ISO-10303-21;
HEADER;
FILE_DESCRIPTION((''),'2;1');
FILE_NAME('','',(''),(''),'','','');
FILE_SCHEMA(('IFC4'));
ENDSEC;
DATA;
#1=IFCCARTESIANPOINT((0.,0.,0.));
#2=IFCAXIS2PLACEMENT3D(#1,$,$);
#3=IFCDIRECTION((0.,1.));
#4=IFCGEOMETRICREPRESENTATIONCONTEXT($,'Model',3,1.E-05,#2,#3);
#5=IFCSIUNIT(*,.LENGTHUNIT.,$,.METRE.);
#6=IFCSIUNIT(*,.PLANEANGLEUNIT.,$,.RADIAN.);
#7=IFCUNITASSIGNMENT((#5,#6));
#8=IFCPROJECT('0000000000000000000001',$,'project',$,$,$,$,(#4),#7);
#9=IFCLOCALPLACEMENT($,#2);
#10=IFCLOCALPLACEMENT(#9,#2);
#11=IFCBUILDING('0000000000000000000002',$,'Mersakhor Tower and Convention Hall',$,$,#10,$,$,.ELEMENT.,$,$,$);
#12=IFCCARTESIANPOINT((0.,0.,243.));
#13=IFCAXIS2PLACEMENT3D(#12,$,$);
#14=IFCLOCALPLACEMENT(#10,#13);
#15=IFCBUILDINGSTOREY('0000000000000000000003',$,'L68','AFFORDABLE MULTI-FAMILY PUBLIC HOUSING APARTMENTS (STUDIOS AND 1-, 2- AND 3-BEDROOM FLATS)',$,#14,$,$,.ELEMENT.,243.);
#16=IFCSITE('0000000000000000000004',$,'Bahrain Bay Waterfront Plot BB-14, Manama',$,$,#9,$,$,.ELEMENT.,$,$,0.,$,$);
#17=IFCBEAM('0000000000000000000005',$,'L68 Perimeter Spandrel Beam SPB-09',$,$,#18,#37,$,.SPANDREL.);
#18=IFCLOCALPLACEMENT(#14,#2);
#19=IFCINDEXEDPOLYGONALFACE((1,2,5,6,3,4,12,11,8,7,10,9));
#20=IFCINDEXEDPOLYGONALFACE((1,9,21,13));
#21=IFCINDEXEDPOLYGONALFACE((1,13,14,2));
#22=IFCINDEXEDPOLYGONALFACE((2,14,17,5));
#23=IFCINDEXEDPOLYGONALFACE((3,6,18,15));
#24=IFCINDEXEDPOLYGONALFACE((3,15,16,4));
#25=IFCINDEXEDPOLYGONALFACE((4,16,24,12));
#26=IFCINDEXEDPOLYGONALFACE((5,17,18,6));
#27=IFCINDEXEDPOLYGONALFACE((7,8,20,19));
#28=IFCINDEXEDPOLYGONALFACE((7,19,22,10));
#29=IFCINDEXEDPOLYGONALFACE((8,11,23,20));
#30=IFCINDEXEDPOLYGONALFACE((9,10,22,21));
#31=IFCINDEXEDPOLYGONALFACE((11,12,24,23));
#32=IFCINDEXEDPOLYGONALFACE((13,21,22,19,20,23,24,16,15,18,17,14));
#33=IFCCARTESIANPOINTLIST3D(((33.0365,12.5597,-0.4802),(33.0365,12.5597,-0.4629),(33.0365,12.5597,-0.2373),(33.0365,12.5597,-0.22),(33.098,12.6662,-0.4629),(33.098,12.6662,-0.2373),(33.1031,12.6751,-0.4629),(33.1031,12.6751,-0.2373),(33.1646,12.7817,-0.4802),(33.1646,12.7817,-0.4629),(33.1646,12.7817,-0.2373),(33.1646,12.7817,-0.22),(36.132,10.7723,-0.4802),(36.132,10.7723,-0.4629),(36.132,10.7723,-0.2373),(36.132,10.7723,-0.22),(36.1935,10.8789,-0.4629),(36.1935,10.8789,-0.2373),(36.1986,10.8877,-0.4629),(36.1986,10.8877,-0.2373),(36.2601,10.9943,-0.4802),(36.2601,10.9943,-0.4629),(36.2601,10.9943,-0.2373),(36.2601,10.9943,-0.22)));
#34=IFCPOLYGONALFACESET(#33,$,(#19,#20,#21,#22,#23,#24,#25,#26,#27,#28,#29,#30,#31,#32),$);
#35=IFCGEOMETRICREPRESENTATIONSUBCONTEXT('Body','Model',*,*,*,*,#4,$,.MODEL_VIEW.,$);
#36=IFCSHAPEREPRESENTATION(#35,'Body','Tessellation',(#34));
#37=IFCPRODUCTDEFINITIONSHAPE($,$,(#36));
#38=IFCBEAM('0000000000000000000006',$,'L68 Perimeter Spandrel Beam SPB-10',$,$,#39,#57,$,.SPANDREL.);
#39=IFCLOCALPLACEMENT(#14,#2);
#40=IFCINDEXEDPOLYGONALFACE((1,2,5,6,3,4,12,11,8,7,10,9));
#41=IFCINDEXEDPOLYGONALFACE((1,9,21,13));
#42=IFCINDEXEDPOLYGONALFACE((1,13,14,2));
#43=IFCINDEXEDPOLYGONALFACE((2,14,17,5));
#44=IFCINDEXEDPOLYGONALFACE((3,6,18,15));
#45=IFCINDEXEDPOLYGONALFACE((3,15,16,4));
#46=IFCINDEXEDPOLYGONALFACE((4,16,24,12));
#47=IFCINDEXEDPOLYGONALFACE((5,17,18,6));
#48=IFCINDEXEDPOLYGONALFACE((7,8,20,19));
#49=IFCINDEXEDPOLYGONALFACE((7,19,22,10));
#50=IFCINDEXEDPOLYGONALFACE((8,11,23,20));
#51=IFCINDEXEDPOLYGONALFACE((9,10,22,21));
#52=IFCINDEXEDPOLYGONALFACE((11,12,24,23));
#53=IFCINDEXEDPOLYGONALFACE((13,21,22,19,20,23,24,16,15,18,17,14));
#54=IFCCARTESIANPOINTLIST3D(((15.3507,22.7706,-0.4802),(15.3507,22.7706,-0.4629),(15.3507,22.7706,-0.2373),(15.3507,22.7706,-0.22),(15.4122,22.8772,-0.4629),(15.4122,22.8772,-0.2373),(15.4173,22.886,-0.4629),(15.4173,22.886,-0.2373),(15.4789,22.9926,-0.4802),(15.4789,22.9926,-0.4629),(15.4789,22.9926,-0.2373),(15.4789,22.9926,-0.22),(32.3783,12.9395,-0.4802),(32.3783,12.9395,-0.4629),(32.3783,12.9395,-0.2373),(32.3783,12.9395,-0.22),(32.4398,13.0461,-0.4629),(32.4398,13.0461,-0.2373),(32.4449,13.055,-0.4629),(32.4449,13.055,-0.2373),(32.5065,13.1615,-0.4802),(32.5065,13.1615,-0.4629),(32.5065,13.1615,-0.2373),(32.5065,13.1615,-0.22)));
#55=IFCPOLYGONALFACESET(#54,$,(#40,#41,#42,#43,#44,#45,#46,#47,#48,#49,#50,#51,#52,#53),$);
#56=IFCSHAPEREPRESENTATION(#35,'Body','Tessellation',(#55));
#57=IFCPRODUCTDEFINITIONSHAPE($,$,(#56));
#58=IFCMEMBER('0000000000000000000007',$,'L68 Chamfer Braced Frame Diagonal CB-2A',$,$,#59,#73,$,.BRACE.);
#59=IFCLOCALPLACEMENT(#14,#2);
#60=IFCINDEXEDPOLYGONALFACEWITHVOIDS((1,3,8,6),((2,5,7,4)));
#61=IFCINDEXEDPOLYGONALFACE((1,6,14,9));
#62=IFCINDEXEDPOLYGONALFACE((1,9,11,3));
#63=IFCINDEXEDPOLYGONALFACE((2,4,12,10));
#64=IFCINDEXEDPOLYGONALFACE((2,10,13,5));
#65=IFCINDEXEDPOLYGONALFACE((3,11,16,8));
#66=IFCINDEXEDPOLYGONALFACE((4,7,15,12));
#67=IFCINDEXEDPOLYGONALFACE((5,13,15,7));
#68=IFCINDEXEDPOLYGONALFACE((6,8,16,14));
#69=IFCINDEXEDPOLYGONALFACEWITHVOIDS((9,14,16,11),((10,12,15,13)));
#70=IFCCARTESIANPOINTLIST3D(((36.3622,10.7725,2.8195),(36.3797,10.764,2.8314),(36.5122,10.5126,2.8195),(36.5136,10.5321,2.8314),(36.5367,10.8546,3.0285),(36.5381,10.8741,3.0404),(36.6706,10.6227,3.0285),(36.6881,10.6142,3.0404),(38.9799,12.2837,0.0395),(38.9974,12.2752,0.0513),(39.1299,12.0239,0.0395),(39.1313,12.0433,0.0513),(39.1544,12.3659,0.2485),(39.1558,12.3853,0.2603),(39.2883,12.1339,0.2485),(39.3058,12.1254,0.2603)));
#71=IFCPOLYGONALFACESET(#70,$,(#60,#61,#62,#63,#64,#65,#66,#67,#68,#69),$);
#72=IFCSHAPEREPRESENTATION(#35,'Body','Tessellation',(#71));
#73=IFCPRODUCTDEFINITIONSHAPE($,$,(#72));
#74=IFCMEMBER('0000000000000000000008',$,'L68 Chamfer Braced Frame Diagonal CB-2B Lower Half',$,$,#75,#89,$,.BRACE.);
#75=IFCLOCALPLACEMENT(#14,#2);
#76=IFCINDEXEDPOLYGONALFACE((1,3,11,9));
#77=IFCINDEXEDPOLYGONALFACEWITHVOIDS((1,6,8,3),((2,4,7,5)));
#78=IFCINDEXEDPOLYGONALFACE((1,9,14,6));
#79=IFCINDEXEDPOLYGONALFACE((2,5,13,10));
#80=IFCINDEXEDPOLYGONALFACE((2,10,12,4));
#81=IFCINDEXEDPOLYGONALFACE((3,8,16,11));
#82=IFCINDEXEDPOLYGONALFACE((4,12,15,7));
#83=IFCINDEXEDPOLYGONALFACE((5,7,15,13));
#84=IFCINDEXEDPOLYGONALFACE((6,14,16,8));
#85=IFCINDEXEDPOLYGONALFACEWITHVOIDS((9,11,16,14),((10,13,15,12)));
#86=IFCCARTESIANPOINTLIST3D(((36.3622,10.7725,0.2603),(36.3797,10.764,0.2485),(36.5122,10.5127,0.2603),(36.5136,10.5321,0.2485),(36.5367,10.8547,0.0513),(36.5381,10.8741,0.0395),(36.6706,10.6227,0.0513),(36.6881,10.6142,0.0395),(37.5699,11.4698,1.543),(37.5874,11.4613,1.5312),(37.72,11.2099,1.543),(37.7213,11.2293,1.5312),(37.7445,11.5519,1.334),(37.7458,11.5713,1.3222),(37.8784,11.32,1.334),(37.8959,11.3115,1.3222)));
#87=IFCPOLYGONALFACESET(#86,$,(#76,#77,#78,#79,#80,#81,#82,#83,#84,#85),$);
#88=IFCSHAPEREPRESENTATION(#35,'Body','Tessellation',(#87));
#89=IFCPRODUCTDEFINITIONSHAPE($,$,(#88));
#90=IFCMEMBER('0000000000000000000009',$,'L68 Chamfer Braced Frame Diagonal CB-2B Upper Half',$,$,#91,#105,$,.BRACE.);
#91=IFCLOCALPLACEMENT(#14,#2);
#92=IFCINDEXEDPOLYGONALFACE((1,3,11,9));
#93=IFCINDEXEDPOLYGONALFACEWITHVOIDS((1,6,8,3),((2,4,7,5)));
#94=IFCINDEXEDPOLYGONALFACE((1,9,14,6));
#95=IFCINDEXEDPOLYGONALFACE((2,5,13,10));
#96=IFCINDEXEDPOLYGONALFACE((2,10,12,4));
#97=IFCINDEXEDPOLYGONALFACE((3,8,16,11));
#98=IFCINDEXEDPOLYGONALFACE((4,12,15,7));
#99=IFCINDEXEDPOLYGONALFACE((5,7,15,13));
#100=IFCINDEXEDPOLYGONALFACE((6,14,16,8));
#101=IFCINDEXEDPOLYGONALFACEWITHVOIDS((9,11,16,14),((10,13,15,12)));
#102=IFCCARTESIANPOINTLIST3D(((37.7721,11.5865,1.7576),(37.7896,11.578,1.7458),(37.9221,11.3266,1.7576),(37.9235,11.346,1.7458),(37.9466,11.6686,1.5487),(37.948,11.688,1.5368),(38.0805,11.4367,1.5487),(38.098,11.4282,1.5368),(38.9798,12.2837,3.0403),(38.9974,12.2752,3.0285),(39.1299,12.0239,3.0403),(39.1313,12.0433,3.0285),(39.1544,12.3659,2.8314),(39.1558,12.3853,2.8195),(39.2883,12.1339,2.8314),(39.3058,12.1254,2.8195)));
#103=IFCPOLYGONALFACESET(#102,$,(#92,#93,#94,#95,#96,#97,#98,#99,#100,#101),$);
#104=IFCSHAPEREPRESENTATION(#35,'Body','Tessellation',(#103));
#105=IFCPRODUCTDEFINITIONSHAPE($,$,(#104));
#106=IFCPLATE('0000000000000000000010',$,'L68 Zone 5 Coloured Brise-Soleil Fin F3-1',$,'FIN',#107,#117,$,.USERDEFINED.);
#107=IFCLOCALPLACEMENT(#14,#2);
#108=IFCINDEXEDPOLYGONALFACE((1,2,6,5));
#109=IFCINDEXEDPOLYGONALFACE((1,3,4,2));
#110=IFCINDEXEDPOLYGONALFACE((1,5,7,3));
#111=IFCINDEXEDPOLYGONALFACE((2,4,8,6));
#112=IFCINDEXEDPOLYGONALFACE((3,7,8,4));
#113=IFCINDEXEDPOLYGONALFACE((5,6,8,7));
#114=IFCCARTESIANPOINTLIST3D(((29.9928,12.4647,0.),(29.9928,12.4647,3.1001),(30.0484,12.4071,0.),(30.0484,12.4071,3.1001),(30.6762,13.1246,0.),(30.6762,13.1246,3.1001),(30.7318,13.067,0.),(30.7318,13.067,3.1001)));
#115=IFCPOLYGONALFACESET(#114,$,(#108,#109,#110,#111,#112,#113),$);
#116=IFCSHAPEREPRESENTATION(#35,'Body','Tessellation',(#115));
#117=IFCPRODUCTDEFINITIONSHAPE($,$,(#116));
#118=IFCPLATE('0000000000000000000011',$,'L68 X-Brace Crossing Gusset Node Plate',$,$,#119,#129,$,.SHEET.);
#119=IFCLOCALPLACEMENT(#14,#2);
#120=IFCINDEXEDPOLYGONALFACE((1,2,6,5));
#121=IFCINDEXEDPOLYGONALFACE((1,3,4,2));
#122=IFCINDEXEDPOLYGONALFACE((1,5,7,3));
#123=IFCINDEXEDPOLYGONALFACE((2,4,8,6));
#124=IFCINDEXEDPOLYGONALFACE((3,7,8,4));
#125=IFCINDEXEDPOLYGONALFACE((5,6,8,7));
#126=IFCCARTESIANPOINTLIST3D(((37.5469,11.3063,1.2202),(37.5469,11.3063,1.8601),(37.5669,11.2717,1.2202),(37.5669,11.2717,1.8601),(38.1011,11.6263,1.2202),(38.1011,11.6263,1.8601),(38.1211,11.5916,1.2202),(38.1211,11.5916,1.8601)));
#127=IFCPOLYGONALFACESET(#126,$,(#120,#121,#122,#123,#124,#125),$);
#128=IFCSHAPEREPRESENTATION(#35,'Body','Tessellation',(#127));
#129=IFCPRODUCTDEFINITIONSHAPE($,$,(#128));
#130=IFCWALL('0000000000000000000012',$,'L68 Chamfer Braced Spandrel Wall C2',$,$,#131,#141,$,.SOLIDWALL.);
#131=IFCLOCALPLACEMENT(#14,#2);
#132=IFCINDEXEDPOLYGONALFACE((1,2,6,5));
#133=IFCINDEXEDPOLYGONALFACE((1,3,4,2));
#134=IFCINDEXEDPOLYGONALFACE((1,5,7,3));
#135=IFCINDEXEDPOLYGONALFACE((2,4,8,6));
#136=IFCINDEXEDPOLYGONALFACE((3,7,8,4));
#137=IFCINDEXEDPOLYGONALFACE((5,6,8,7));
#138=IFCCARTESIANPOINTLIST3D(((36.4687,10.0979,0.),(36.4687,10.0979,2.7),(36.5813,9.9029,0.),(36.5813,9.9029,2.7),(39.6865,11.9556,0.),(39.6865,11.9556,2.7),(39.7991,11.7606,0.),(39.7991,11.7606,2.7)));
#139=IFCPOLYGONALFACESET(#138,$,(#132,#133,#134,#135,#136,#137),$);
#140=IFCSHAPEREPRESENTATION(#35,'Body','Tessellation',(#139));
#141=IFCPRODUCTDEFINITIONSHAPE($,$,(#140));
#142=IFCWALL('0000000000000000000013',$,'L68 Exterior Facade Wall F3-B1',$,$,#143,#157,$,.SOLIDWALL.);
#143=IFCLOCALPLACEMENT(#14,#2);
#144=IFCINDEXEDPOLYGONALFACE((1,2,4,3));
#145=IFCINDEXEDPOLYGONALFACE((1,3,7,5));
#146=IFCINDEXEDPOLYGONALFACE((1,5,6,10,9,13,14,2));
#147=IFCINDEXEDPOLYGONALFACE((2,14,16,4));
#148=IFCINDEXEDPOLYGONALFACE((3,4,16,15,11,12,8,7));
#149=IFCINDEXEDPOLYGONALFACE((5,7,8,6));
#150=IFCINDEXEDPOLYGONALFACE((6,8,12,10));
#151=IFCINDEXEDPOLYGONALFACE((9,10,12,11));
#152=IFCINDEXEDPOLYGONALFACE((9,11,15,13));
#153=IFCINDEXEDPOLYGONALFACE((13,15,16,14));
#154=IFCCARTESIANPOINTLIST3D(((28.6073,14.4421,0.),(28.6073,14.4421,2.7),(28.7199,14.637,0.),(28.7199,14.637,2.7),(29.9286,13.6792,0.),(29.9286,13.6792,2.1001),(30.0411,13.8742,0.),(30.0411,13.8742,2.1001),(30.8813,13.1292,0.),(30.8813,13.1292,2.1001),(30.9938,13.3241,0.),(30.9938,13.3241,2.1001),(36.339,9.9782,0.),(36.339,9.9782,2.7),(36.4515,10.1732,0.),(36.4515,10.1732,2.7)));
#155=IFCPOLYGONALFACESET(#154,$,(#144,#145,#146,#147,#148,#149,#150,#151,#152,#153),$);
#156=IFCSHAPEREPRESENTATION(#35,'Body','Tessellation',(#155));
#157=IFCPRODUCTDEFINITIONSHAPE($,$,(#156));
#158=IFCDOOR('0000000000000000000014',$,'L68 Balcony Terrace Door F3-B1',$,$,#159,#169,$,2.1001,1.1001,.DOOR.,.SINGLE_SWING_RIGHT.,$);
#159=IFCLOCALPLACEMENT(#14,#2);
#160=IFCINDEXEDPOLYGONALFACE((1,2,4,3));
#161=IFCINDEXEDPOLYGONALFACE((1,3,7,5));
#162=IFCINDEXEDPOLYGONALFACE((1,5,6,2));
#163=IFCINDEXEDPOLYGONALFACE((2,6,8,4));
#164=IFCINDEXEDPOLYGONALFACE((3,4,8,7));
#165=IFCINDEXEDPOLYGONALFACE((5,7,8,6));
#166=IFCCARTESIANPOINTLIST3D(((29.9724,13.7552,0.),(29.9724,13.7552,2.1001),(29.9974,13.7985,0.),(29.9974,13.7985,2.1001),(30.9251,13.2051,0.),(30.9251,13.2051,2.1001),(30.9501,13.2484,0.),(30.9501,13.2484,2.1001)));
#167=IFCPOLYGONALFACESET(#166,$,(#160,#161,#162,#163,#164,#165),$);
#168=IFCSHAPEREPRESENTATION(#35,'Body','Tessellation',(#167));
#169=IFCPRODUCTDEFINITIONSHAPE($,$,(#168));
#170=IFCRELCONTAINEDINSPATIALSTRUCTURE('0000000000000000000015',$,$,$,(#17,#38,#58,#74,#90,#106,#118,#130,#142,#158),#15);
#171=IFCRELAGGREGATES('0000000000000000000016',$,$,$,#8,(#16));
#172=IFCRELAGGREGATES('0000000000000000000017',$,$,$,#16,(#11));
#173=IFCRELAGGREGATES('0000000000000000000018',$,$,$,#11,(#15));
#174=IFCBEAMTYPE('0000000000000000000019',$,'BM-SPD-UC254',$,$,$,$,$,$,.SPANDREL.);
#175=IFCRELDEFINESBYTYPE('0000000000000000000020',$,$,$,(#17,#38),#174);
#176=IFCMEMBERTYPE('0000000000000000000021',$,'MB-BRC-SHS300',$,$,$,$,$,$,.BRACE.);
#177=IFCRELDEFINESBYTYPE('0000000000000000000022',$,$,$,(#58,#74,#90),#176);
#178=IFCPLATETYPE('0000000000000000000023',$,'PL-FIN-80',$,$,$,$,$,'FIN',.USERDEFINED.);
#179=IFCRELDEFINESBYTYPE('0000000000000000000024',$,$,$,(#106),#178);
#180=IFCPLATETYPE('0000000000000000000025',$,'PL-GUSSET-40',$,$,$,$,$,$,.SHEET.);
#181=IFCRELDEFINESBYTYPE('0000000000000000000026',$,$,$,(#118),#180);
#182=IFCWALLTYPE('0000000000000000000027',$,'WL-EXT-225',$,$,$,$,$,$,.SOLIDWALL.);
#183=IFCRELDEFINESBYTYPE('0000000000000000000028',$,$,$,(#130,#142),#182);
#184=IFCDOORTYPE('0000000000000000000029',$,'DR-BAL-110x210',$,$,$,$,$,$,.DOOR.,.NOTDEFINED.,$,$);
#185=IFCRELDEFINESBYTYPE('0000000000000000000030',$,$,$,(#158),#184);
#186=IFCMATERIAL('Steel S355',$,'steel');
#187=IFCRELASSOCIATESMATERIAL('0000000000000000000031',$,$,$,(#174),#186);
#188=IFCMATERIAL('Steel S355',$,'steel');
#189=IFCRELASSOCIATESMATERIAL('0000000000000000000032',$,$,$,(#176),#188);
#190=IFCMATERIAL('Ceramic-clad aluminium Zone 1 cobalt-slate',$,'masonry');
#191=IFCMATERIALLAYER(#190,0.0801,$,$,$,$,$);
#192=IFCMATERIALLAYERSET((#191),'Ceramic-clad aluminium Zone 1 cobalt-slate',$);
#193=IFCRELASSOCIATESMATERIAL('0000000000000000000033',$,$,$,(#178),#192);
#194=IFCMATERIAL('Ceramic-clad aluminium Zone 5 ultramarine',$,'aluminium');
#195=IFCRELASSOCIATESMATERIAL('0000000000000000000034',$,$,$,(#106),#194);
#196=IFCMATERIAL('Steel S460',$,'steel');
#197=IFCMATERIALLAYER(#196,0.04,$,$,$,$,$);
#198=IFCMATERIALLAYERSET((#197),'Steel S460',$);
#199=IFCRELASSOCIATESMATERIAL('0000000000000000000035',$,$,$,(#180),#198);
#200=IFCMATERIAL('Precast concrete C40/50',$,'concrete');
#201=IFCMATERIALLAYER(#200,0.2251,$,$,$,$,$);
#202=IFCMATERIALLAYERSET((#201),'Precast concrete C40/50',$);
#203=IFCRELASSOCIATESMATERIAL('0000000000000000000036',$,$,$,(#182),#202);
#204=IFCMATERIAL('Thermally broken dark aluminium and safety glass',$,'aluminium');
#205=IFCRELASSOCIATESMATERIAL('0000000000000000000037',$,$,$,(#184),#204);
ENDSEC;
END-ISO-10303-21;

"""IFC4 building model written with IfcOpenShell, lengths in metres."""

from ifc_helpers import new_model, si_unit, direction, frame, frame_2d, origin, origin_2d, place, context, subcontext, project, spatial, rectangle, hollow_rectangle, i_section, extrude, material, layer, layer_set, material_profile, profile_set, type_object, element, fill, save


model = new_model("IFC4")

# Units and contexts
model_context = context("Model", 3, precision=1e-05, world=origin(), true_north=direction((0.0, 1.0)))
body_context = subcontext(model_context, "Body", "Model", "MODEL_VIEW")
ifc_project = project(units=[si_unit("LENGTHUNIT", "METRE"), si_unit("PLANEANGLEUNIT", "RADIAN")], contexts=[model_context])

# Site, building, storey
site_placement = place(None, origin())
site = spatial("IfcSite", under=ifc_project, at=site_placement, Name="Bahrain Bay Waterfront Plot BB-14, Manama", CompositionType="ELEMENT", RefElevation=0.0)
building_placement = place(site_placement, origin())
building = spatial("IfcBuilding", under=site, at=building_placement, Name="Mersakhor Tower and Convention Hall", CompositionType="ELEMENT")
storey_placement = place(building_placement, frame((0.0, 0.0, 243.0)))
storey = spatial("IfcBuildingStorey", under=building, at=storey_placement, Name="L68", Description="AFFORDABLE MULTI-FAMILY PUBLIC HOUSING APARTMENTS (STUDIOS AND 1-, 2- AND 3-BEDROOM FLATS)", CompositionType="ELEMENT", Elevation=243.0)

# Beams
ifc_material_1 = material(Name="Steel S355", Category="steel")
ifc_material_profile_1 = material_profile(ifc_material_1, i_section(OverallWidth=0.2563, OverallDepth=0.2603, WebThickness=0.0103, FlangeThickness=0.0173, at=origin_2d()), Name="UC 254x254x89")
ifc_profile_set_1 = profile_set([ifc_material_profile_1], Name="Steel S355")
beam_type_1 = type_object("IfcBeamType", Name="BM-SPD-UC254", PredefinedType="SPANDREL", material=ifc_profile_set_1)
beam_1_placement = place(storey_placement, frame((36.196, 10.8833, -0.3501), z_axis=(-0.866002, 0.50004, 0.0), x_axis=(-0.50004, -0.866002, 0.0)))
element("IfcBeam", 1, at=beam_1_placement, inside=storey, type_object=beam_type_1, Name="L68 Perimeter Spandrel Beam SPB-09", PredefinedType="SPANDREL", context=body_context, shape_type="SweptSolid", body=[
    extrude(i_section(OverallWidth=0.2563, OverallDepth=0.2603, WebThickness=0.0103, FlangeThickness=0.0173, at=origin_2d()), origin(), (0.0, 0.0, 1.0), 3.5745),
])
beam_2_placement = place(storey_placement, frame((32.4424, 13.0505, -0.3501), z_axis=(-0.866022, 0.500007, 0.0), x_axis=(-0.500007, -0.866022, 0.0)))
element("IfcBeam", 2, at=beam_2_placement, inside=storey, type_object=beam_type_1, Name="L68 Perimeter Spandrel Beam SPB-10", PredefinedType="SPANDREL", context=body_context, shape_type="SweptSolid", body=[
    extrude(i_section(OverallWidth=0.2563, OverallDepth=0.2603, WebThickness=0.0103, FlangeThickness=0.0173, at=origin_2d()), origin(), (0.0, 0.0, 1.0), 19.6619),
])

# Members
ifc_material_2 = material(Name="Steel S355", Category="steel")
ifc_material_profile_2 = material_profile(ifc_material_2, hollow_rectangle(XDim=0.3, YDim=0.3, WallThickness=0.0161, at=origin_2d()), Name="SHS 300x300x16")
ifc_profile_set_2 = profile_set([ifc_material_profile_2], Name="Steel S355")
member_type = type_object("IfcMemberType", Name="MB-BRC-SHS300", PredefinedType="BRACE", material=ifc_profile_set_2)
member_placement = place(storey_placement, frame((39.1428, 12.2046, 0.1499), z_axis=(-0.637423, -0.367996, 0.676957), x_axis=(0.499979, -0.866038, 0.0)))
element("IfcMember", 3, at=member_placement, inside=storey, type_object=member_type, Name="L68 Chamfer Braced Frame Diagonal CB-2A", PredefinedType="BRACE", context=body_context, shape_type="SweptSolid", body=[
    extrude(hollow_rectangle(XDim=0.3, YDim=0.3, WallThickness=0.0161, at=origin_2d()), origin(), (0.0, 0.0, 1.0), 4.1067),
])
for number, where, z_axis, x_axis, name in (
    (4, (36.5251, 10.6934, 0.1499), (0.637413, 0.367991, 0.676969), (-0.49998, 0.866037, 0.0), "L68 Chamfer Braced Frame Diagonal CB-2B Lower Half"),
    (5, (37.9351, 11.5073, 1.6472), (0.637413, 0.367991, 0.676969), (-0.49998, 0.866037, 0.0), "L68 Chamfer Braced Frame Diagonal CB-2B Upper Half"),
):
    element("IfcMember", number, at=place(storey_placement, frame(where, z_axis=z_axis, x_axis=x_axis)), inside=storey, type_object=member_type, Name=name, PredefinedType="BRACE", context=body_context, shape_type="SweptSolid", body=[
        extrude(hollow_rectangle(XDim=0.3, YDim=0.3, WallThickness=0.0161, at=origin_2d()), origin(), (0.0, 0.0, 1.0), 1.8948),
    ])

# Plates
ifc_material_3 = material(Name="Ceramic-clad aluminium Zone 5 ultramarine", Category="aluminium")
ifc_material_4 = material(Name="Ceramic-clad aluminium Zone 1 cobalt-slate", Category="masonry")
ifc_layer_1 = layer(ifc_material_4, 0.0801)
ifc_layer_set_1 = layer_set([ifc_layer_1], Name="Ceramic-clad aluminium Zone 1 cobalt-slate")
plate_type_1 = type_object("IfcPlateType", Name="PL-FIN-80", ElementType="FIN", PredefinedType="USERDEFINED", material=ifc_layer_set_1)
plate_1_placement = place(storey_placement, frame((30.3623, 12.7659, 0.0), z_axis=(0.0, 0.0, 1.0), x_axis=(-0.71934, -0.694658, 0.0)))
element("IfcPlate", 6, at=plate_1_placement, inside=storey, type_object=plate_type_1, material=ifc_material_3, Name="L68 Zone 5 Coloured Brise-Soleil Fin F3-1", ObjectType="FIN", PredefinedType="USERDEFINED", context=body_context, shape_type="SweptSolid", body=[
    extrude(rectangle(XDim=0.95, YDim=0.0801, at=origin_2d()), origin(), (0.0, 0.0, 1.0), 3.1001),
])
ifc_material_5 = material(Name="Steel S460", Category="steel")
ifc_layer_2 = layer(ifc_material_5, 0.04)
ifc_layer_set_2 = layer_set([ifc_layer_2], Name="Steel S460")
plate_type_2 = type_object("IfcPlateType", Name="PL-GUSSET-40", PredefinedType="SHEET", material=ifc_layer_set_2)
plate_2_placement = place(storey_placement, frame((37.834, 11.449, 1.2202), z_axis=(0.0, 0.0, 1.0), x_axis=(0.866025, 0.5, 0.0)))
element("IfcPlate", 7, at=plate_2_placement, inside=storey, type_object=plate_type_2, Name="L68 X-Brace Crossing Gusset Node Plate", PredefinedType="SHEET", context=body_context, shape_type="SweptSolid", body=[
    extrude(rectangle(XDim=0.6399, YDim=0.04, at=origin_2d()), origin(), (0.0, 0.0, 1.0), 0.6399),
])

# Wall
ifc_material_6 = material(Name="Precast concrete C40/50", Category="concrete")
ifc_layer_3 = layer(ifc_material_6, 0.2251)
ifc_layer_set_3 = layer_set([ifc_layer_3], Name="Precast concrete C40/50")
wall_type_1 = type_object("IfcWallType", Name="WL-EXT-225", PredefinedType="SOLIDWALL", material=ifc_layer_set_3)
wall_1_placement = place(storey_placement, frame((39.7429, 11.8582, 0.0), z_axis=(0.0, 0.0, 1.0), x_axis=(-0.866039, -0.499977, 0.0)))
element("IfcWall", 8, at=wall_1_placement, inside=storey, type_object=wall_type_1, Name="L68 Chamfer Braced Spandrel Wall C2", PredefinedType="SOLIDWALL", context=body_context, shape_type="SweptSolid", body=[
    extrude(rectangle(XDim=3.7156, YDim=0.2251, at=frame_2d((1.8579, 0.0))), origin(), (0.0, 0.0, 1.0), 2.7),
])

# Wall, opening, door
wall_2_placement = place(storey_placement, frame((36.3953, 10.0757, 0.0), z_axis=(0.0, 0.0, 1.0), x_axis=(-0.866027, 0.499998, 0.0)))
wall_2 = element("IfcWall", 9, at=wall_2_placement, inside=storey, type_object=wall_type_1, Name="L68 Exterior Facade Wall F3-B1", PredefinedType="SOLIDWALL", context=body_context, shape_type="SweptSolid", body=[
    extrude(rectangle(XDim=8.9277, YDim=0.2251, at=frame_2d((4.4639, 0.0))), origin(), (0.0, 0.0, 1.0), 2.7),
])
opening_1_placement = place(wall_2_placement, frame((6.302, 0.0, 0.0)))
opening_1 = element("IfcOpeningElement", 10, at=opening_1_placement, cuts=wall_2, PredefinedType="OPENING", context=body_context, shape_type="SweptSolid", body=[
    extrude(rectangle(XDim=1.1001, YDim=2.1001, at=frame_2d((0.55, 1.05))), frame((0.0, 0.1226, 0.0), z_axis=(0.0, -1.0, 0.0), x_axis=(1.0, 0.0, 0.0)), (0.0, 0.0, 1.0), 0.2451),
])
ifc_material_7 = material(Name="Thermally broken dark aluminium and safety glass", Category="aluminium")
door_type_1 = type_object("IfcDoorType", Name="DR-BAL-110x210", OperationType="NOTDEFINED", PredefinedType="DOOR", material=ifc_material_7)
door_1_placement = place(opening_1_placement, origin())
door_1 = element("IfcDoor", 11, at=door_1_placement, inside=storey, type_object=door_type_1, Name="L68 Balcony Terrace Door F3-B1", OperationType="SINGLE_SWING_RIGHT", OverallHeight=2.1001, OverallWidth=1.1001, PredefinedType="DOOR", context=body_context, shape_type="SweptSolid", body=[
    extrude(rectangle(XDim=1.1001, YDim=2.1001, at=frame_2d((0.55, 1.05))), frame((0.0, 0.0249, 0.0), z_axis=(0.0, -1.0, 0.0), x_axis=(1.0, 0.0, 0.0)), (0.0, 0.0, 1.0), 0.05),
])
fill(opening_1, door_1)

save(model, "model.ifc")
